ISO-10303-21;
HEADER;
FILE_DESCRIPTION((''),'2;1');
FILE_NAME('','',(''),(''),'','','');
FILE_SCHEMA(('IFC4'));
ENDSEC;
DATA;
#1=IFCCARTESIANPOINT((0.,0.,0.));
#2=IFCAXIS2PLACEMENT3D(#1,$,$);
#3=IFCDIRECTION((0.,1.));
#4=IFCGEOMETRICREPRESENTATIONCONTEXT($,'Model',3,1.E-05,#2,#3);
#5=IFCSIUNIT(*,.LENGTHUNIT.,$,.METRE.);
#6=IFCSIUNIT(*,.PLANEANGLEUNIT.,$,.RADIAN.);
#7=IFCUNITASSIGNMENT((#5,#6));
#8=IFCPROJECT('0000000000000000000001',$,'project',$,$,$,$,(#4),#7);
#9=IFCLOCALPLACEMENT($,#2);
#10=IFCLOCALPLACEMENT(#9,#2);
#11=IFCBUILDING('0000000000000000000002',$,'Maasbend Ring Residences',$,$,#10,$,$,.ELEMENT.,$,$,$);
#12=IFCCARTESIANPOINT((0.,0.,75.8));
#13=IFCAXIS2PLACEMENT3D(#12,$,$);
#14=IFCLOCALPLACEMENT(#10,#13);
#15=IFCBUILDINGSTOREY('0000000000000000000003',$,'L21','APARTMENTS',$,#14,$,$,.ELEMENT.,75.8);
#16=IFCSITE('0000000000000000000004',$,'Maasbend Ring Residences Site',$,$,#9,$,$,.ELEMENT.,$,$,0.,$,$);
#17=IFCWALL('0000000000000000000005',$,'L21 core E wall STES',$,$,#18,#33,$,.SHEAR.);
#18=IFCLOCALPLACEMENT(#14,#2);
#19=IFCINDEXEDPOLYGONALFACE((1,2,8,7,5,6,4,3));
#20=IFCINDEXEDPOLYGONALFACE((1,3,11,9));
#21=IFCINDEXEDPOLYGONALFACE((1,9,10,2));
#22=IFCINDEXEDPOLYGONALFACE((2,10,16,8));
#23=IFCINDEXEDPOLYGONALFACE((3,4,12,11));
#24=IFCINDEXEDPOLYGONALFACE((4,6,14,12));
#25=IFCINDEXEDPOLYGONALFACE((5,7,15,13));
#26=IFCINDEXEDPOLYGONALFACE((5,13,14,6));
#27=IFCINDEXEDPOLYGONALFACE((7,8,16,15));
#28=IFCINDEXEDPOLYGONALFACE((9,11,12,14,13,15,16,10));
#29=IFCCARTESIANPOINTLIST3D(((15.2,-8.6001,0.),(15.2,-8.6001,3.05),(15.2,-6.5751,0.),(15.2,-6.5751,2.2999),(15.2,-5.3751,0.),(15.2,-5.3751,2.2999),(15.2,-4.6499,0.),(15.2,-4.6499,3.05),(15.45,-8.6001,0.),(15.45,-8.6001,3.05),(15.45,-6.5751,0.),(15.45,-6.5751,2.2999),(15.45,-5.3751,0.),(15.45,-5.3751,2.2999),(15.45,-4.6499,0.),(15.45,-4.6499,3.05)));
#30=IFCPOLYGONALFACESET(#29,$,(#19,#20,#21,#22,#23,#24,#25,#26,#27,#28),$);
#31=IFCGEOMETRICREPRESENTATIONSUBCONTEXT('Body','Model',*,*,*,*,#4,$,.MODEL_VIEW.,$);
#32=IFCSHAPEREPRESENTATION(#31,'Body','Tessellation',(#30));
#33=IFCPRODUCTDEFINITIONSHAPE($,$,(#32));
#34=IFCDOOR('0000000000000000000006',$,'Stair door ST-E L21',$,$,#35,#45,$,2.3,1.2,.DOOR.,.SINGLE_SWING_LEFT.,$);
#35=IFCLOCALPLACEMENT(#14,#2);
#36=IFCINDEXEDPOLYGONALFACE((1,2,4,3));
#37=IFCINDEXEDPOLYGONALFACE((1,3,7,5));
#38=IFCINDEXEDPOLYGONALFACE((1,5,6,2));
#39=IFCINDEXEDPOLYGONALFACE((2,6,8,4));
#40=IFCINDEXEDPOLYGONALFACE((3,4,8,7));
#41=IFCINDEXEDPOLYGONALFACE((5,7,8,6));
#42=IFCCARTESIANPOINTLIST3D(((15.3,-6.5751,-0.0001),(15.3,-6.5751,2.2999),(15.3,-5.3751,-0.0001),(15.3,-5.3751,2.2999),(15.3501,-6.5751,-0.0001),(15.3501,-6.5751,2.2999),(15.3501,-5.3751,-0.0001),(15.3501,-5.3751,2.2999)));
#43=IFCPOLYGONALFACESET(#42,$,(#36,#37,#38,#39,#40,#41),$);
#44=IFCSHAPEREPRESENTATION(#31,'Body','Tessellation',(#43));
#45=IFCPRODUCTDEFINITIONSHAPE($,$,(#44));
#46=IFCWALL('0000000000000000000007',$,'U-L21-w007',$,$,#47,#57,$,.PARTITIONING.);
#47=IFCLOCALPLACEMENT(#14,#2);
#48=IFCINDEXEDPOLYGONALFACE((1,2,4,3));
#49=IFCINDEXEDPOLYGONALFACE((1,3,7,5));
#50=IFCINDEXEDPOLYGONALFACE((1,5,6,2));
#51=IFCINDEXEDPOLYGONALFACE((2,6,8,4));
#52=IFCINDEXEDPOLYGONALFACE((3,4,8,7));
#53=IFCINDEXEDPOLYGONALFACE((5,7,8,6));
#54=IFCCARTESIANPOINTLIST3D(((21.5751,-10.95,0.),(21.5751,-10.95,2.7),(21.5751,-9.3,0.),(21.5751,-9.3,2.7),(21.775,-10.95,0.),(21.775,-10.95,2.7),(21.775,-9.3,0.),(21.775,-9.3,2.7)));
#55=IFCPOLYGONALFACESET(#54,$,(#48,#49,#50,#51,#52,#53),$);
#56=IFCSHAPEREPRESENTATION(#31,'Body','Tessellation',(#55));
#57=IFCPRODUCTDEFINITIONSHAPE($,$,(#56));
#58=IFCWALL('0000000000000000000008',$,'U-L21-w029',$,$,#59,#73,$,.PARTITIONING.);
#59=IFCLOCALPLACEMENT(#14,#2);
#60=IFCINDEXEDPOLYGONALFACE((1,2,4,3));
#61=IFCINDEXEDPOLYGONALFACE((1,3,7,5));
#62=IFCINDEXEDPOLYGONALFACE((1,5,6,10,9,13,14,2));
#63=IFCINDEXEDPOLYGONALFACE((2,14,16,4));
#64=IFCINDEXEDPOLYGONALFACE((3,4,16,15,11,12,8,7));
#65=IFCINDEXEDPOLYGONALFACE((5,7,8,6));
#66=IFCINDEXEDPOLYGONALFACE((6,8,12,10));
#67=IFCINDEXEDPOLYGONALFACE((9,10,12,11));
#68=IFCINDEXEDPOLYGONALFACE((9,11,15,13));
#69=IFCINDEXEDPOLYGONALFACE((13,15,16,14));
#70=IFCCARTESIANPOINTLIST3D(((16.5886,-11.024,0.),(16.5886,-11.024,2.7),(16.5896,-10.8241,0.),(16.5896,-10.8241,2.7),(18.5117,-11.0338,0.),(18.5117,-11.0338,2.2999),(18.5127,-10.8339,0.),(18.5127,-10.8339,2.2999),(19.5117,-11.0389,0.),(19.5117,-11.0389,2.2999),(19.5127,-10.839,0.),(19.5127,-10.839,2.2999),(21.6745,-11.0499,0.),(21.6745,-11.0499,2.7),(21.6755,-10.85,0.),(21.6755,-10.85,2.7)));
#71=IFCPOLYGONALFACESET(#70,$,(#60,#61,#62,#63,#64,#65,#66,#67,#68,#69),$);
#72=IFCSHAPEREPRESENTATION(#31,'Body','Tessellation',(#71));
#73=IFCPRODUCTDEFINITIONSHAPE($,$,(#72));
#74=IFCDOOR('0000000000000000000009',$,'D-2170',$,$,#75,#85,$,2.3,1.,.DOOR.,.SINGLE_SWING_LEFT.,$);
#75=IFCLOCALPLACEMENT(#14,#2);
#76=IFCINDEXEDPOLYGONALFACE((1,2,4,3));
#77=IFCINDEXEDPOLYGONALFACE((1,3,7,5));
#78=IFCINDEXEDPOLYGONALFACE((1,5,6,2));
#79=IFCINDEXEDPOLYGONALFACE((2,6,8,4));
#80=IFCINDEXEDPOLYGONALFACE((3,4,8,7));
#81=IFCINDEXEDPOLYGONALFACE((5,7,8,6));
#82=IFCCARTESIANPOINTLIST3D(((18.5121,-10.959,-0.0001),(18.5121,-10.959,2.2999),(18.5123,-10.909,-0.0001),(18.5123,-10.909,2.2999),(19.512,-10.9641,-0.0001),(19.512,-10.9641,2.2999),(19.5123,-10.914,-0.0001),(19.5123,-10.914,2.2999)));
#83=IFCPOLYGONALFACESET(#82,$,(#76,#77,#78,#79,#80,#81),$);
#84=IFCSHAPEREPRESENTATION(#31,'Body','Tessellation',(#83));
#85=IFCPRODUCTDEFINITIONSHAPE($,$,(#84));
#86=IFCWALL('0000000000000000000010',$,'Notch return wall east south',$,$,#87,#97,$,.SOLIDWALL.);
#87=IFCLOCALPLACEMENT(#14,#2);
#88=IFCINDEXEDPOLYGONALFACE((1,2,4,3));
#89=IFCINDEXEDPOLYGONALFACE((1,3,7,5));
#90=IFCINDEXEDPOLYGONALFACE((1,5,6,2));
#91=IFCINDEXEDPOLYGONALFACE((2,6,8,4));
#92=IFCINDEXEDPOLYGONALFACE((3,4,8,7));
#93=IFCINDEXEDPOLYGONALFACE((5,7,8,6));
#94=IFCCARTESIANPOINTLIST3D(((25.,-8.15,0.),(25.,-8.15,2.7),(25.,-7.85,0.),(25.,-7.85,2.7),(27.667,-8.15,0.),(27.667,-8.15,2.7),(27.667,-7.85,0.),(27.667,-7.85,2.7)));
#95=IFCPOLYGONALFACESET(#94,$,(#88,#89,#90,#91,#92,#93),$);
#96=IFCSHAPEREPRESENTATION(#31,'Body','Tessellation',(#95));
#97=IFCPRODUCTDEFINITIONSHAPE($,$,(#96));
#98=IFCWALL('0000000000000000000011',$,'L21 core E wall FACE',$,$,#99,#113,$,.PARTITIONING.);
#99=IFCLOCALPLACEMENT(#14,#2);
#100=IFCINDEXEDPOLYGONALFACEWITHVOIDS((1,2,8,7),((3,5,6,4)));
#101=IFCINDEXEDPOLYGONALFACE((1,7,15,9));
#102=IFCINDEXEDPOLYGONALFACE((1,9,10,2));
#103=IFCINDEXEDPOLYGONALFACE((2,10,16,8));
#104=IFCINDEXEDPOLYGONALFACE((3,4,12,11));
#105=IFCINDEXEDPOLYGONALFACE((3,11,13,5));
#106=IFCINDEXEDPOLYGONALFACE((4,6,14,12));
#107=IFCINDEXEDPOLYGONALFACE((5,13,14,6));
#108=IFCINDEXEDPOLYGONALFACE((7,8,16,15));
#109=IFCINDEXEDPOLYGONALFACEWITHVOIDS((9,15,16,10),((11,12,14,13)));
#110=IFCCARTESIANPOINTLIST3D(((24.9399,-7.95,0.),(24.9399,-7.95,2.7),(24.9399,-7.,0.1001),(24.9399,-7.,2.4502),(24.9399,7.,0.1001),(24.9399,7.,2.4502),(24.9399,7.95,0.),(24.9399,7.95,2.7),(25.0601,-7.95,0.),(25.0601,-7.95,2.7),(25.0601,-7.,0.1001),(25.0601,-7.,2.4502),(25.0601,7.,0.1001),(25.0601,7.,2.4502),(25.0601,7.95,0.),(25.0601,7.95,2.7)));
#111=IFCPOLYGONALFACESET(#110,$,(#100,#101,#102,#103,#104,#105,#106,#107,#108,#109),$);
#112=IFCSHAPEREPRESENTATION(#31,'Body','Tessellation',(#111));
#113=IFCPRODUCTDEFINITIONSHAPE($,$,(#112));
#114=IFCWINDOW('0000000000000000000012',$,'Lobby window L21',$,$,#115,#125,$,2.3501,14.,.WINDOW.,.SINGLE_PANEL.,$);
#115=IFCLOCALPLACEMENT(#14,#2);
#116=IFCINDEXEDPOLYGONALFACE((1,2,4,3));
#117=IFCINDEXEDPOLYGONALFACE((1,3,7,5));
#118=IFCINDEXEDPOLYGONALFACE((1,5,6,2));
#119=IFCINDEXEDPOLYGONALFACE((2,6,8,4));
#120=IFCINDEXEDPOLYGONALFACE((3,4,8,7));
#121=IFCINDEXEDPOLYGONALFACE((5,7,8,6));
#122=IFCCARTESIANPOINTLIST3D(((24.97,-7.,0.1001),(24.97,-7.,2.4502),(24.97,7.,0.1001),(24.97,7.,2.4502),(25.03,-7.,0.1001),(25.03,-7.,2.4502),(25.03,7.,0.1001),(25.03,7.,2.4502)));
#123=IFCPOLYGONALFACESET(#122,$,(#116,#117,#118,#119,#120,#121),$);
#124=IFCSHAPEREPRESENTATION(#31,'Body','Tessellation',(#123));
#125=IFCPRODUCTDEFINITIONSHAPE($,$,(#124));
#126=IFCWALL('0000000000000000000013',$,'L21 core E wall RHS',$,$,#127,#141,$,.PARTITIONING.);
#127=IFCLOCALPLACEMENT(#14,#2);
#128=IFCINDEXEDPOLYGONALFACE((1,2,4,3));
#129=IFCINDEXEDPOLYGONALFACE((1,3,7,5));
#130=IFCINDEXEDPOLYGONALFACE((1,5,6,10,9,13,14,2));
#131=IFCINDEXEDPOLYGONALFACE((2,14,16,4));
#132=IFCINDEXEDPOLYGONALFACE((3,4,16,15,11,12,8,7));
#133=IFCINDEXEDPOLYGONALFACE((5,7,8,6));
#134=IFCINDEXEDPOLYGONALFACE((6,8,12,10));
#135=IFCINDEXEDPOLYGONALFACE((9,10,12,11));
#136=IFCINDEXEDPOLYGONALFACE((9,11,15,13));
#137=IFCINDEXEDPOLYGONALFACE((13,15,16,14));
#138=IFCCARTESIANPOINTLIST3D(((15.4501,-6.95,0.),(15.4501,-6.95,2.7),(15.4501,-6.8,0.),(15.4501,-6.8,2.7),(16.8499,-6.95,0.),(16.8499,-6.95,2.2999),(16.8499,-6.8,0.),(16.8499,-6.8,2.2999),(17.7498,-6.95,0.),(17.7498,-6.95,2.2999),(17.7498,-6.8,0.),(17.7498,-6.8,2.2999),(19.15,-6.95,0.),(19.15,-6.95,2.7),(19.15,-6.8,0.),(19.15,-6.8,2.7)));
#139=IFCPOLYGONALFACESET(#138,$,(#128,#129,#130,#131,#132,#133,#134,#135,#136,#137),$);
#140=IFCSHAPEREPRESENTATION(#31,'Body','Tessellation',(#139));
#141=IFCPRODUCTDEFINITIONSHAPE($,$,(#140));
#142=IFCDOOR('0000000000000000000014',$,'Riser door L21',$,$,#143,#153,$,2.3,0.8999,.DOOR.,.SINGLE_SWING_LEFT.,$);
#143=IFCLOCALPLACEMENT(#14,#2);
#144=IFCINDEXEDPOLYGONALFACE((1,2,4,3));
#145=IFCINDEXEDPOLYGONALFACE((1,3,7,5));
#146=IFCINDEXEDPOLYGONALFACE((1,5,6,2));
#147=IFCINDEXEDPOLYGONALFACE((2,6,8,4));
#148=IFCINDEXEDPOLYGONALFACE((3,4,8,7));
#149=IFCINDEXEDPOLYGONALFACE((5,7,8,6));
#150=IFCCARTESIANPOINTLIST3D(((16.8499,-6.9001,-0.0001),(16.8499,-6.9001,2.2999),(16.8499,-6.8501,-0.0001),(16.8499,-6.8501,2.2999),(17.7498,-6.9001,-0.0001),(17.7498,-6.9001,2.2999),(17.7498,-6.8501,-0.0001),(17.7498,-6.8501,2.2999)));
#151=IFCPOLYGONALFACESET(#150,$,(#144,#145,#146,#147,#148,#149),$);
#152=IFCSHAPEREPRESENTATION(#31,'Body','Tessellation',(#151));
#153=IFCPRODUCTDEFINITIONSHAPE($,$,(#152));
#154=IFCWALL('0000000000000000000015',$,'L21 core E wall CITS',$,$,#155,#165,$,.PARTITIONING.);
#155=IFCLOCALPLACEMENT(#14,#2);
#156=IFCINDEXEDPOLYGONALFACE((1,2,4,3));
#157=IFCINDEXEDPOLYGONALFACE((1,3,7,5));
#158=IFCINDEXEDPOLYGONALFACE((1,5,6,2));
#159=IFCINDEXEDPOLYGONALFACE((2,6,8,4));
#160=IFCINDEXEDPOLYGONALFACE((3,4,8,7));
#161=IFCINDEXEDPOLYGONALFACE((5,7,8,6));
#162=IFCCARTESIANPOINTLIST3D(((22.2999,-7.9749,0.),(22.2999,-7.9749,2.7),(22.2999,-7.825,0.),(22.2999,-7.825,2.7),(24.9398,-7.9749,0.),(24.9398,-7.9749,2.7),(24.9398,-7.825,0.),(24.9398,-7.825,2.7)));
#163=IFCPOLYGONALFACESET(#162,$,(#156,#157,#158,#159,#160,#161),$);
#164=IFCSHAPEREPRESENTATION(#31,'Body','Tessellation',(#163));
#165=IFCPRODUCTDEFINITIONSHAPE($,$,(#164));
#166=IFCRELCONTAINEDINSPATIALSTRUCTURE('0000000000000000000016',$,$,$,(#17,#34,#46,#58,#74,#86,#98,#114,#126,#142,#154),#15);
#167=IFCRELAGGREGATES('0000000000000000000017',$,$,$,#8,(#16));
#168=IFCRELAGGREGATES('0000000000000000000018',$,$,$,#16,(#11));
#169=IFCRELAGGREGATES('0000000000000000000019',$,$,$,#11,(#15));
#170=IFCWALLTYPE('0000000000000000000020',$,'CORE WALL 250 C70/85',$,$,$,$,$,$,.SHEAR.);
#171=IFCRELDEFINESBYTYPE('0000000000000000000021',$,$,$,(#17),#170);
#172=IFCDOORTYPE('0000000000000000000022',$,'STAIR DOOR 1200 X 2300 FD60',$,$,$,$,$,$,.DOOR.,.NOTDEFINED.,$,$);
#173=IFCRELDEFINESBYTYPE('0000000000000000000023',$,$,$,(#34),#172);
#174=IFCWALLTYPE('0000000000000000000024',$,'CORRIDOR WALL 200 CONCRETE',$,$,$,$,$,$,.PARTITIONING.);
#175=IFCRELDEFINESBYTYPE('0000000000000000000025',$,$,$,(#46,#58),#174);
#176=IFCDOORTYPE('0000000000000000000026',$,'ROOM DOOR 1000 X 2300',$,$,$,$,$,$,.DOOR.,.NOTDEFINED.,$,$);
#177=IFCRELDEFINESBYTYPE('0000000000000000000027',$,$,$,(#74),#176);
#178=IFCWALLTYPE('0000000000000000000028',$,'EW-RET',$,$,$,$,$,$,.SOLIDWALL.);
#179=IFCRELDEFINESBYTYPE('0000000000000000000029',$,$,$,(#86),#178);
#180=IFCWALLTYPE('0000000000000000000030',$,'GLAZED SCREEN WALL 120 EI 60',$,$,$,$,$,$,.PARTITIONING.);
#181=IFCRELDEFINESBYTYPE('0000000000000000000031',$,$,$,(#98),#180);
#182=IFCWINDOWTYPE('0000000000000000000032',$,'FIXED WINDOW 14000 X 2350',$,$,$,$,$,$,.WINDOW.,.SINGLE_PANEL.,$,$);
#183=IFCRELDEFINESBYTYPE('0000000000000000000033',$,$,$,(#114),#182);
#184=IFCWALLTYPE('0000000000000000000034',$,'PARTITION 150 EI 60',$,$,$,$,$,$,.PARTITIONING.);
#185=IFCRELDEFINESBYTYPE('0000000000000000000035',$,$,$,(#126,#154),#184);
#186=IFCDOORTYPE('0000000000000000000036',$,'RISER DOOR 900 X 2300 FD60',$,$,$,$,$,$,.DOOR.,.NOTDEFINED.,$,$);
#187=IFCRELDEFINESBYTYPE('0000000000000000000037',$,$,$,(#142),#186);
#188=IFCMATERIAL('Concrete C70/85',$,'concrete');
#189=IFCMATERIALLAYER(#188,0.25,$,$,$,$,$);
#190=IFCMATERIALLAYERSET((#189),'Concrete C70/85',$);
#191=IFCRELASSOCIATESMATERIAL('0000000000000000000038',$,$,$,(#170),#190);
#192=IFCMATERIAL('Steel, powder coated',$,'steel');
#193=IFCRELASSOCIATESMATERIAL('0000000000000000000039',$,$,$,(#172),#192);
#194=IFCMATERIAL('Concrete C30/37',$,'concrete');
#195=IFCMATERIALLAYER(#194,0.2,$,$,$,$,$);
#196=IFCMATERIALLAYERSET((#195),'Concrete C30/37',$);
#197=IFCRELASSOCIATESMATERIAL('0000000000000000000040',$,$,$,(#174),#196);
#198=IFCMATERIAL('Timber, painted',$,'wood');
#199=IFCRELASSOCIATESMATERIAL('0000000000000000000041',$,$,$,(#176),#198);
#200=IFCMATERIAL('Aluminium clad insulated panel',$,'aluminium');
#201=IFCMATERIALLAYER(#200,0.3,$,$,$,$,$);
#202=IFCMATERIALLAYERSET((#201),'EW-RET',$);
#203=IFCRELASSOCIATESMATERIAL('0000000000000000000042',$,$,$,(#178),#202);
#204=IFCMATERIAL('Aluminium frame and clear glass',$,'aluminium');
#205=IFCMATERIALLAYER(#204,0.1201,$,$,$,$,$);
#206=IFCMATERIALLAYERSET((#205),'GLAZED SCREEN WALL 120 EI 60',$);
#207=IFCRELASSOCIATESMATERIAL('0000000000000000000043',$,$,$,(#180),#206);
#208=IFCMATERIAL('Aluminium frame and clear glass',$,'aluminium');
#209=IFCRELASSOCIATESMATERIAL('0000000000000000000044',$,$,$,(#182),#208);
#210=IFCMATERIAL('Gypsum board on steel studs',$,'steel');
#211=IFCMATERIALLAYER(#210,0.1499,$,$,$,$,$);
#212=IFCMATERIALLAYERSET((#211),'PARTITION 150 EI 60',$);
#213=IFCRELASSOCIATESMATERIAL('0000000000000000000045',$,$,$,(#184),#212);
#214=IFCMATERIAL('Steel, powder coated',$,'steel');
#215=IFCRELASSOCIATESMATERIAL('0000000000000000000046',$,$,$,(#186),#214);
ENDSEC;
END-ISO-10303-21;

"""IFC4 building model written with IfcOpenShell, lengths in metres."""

from ifc_helpers import new_model, si_unit, direction, frame, frame_2d, origin, place, context, subcontext, project, spatial, rectangle, extrude, material, layer, layer_set, type_object, element, fill, save


model = new_model("IFC4")

# Units and contexts
model_context = context("Model", 3, precision=1e-05, world=origin(), true_north=direction((0.0, 1.0)))
body_context = subcontext(model_context, "Body", "Model", "MODEL_VIEW")
ifc_project = project(units=[si_unit("LENGTHUNIT", "METRE"), si_unit("PLANEANGLEUNIT", "RADIAN")], contexts=[model_context])

# Site, building, storey
site_placement = place(None, origin())
site = spatial("IfcSite", under=ifc_project, at=site_placement, Name="Maasbend Ring Residences Site", CompositionType="ELEMENT", RefElevation=0.0)
building_placement = place(site_placement, origin())
building = spatial("IfcBuilding", under=site, at=building_placement, Name="Maasbend Ring Residences", CompositionType="ELEMENT")
storey_placement = place(building_placement, frame((0.0, 0.0, 75.8)))
storey = spatial("IfcBuildingStorey", under=building, at=storey_placement, Name="L21", Description="APARTMENTS", CompositionType="ELEMENT", Elevation=75.8)

# Shared definitions
ifc_material_1 = material(Name="Concrete C70/85", Category="concrete")
ifc_layer_1 = layer(ifc_material_1, 0.25)
ifc_layer_set_1 = layer_set([ifc_layer_1], Name="Concrete C70/85")
wall_type_1 = type_object("IfcWallType", Name="CORE WALL 250 C70/85", PredefinedType="SHEAR", material=ifc_layer_set_1)

# Wall, opening, door
wall_1_placement = place(storey_placement, frame((15.325, -8.6001, 0.0), z_axis=(0.0, 0.0, 1.0), x_axis=(0.0, 1.0, 0.0)))
wall_1 = element("IfcWall", 1, at=wall_1_placement, inside=storey, type_object=wall_type_1, Name="L21 core E wall STES", PredefinedType="SHEAR", context=body_context, shape_type="SweptSolid", body=[
    extrude(rectangle(XDim=3.9502, YDim=0.25, at=frame_2d((1.9751, 0.0))), origin(), (0.0, 0.0, 1.0), 3.05),
])
opening_1_placement = place(wall_1_placement, frame((2.0249, 0.0, 0.0)))
opening_1 = element("IfcOpeningElement", 2, at=opening_1_placement, cuts=wall_1, PredefinedType="OPENING", context=body_context, shape_type="SweptSolid", body=[
    extrude(rectangle(XDim=1.2, YDim=2.3, at=frame_2d((0.6001, 1.1499))), frame((0.0, 0.135, 0.0), z_axis=(0.0, -1.0, 0.0), x_axis=(1.0, 0.0, 0.0)), (0.0, 0.0, 1.0), 0.27),
])
ifc_material_2 = material(Name="Steel, powder coated", Category="steel")
door_type_1 = type_object("IfcDoorType", Name="STAIR DOOR 1200 X 2300 FD60", OperationType="NOTDEFINED", PredefinedType="DOOR", material=ifc_material_2)
door_1_placement = place(opening_1_placement, origin())
door_1 = element("IfcDoor", 3, at=door_1_placement, inside=storey, type_object=door_type_1, Name="Stair door ST-E L21", OperationType="SINGLE_SWING_LEFT", OverallHeight=2.3, OverallWidth=1.2, PredefinedType="DOOR", context=body_context, shape_type="SweptSolid", body=[
    extrude(rectangle(XDim=1.2, YDim=2.3, at=frame_2d((0.6001, 1.1499))), frame((0.0, 0.0249, 0.0), z_axis=(0.0, -1.0, 0.0), x_axis=(1.0, 0.0, 0.0)), (0.0, 0.0, 1.0), 0.05),
])
fill(opening_1, door_1)

# Wall
ifc_material_3 = material(Name="Concrete C30/37", Category="concrete")
ifc_layer_2 = layer(ifc_material_3, 0.2)
ifc_layer_set_2 = layer_set([ifc_layer_2], Name="Concrete C30/37")
wall_type_2 = type_object("IfcWallType", Name="CORRIDOR WALL 200 CONCRETE", PredefinedType="PARTITIONING", material=ifc_layer_set_2)
wall_2_placement = place(storey_placement, frame((21.675, -10.95, 0.0), z_axis=(0.0, 0.0, 1.0), x_axis=(0.0, 1.0, 0.0)))
element("IfcWall", 4, at=wall_2_placement, inside=storey, type_object=wall_type_2, Name="U-L21-w007", PredefinedType="PARTITIONING", context=body_context, shape_type="SweptSolid", body=[
    extrude(rectangle(XDim=1.6499, YDim=0.2, at=frame_2d((0.825, 0.0))), origin(), (0.0, 0.0, 1.0), 2.7),
])

# Wall, opening, door
wall_3_placement = place(storey_placement, frame((16.5891, -10.9241, 0.0), z_axis=(0.0, 0.0, 1.0), x_axis=(0.999987, -0.005088, 0.0)))
wall_3 = element("IfcWall", 5, at=wall_3_placement, inside=storey, type_object=wall_type_2, Name="U-L21-w029", PredefinedType="PARTITIONING", context=body_context, shape_type="SweptSolid", body=[
    extrude(rectangle(XDim=5.0859, YDim=0.2, at=frame_2d((2.543, 0.0))), origin(), (0.0, 0.0, 1.0), 2.7),
])
opening_2_placement = place(wall_3_placement, frame((1.9231, 0.0, 0.0)))
opening_2 = element("IfcOpeningElement", 6, at=opening_2_placement, cuts=wall_3, PredefinedType="OPENING", context=body_context, shape_type="SweptSolid", body=[
    extrude(rectangle(XDim=1.0, YDim=2.3, at=frame_2d((0.5, 1.1499))), frame((0.0, 0.1099, 0.0), z_axis=(0.0, -1.0, 0.0), x_axis=(1.0, 0.0, 0.0)), (0.0, 0.0, 1.0), 0.22),
])
ifc_material_4 = material(Name="Timber, painted", Category="wood")
door_type_2 = type_object("IfcDoorType", Name="ROOM DOOR 1000 X 2300", OperationType="NOTDEFINED", PredefinedType="DOOR", material=ifc_material_4)
door_2_placement = place(opening_2_placement, origin())
door_2 = element("IfcDoor", 7, at=door_2_placement, inside=storey, type_object=door_type_2, Name="D-2170", OperationType="SINGLE_SWING_LEFT", OverallHeight=2.3, OverallWidth=1.0, PredefinedType="DOOR", context=body_context, shape_type="SweptSolid", body=[
    extrude(rectangle(XDim=1.0, YDim=2.3, at=frame_2d((0.5, 1.1499))), frame((0.0, 0.0249, 0.0), z_axis=(0.0, -1.0, 0.0), x_axis=(1.0, 0.0, 0.0)), (0.0, 0.0, 1.0), 0.05),
])
fill(opening_2, door_2)

# Wall
ifc_material_5 = material(Name="Aluminium clad insulated panel", Category="aluminium")
ifc_layer_3 = layer(ifc_material_5, 0.3)
ifc_layer_set_3 = layer_set([ifc_layer_3], Name="EW-RET")
wall_type_3 = type_object("IfcWallType", Name="EW-RET", PredefinedType="SOLIDWALL", material=ifc_layer_set_3)
wall_4_placement = place(storey_placement, frame((25.0, -8.0, 0.0), z_axis=(0.0, 0.0, 1.0), x_axis=(1.0, 0.0, 0.0)))
element("IfcWall", 8, at=wall_4_placement, inside=storey, type_object=wall_type_3, Name="Notch return wall east south", PredefinedType="SOLIDWALL", context=body_context, shape_type="SweptSolid", body=[
    extrude(rectangle(XDim=2.667, YDim=0.3, at=frame_2d((1.3335, 0.0))), origin(), (0.0, 0.0, 1.0), 2.7),
])

# Wall, opening, window
ifc_material_6 = material(Name="Aluminium frame and clear glass", Category="aluminium")
ifc_layer_4 = layer(ifc_material_6, 0.1201)
ifc_layer_set_4 = layer_set([ifc_layer_4], Name="GLAZED SCREEN WALL 120 EI 60")
wall_type_4 = type_object("IfcWallType", Name="GLAZED SCREEN WALL 120 EI 60", PredefinedType="PARTITIONING", material=ifc_layer_set_4)
wall_5_placement = place(storey_placement, frame((25.0, -7.95, 0.0), z_axis=(0.0, 0.0, 1.0), x_axis=(0.0, 1.0, 0.0)))
wall_5 = element("IfcWall", 9, at=wall_5_placement, inside=storey, type_object=wall_type_4, Name="L21 core E wall FACE", PredefinedType="PARTITIONING", context=body_context, shape_type="SweptSolid", body=[
    extrude(rectangle(XDim=15.8999, YDim=0.1201, at=frame_2d((7.95, 0.0))), origin(), (0.0, 0.0, 1.0), 2.7),
])
opening_3_placement = place(wall_5_placement, frame((0.95, 0.0, 0.1001)))
opening_3 = element("IfcOpeningElement", 10, at=opening_3_placement, cuts=wall_5, PredefinedType="OPENING", context=body_context, shape_type="SweptSolid", body=[
    extrude(rectangle(XDim=14.0, YDim=2.3501, at=frame_2d((7.0, 1.175))), frame((0.0, 0.0701, 0.0), z_axis=(0.0, -1.0, 0.0), x_axis=(1.0, 0.0, 0.0)), (0.0, 0.0, 1.0), 0.1401),
])
ifc_material_7 = material(Name="Aluminium frame and clear glass", Category="aluminium")
window_type = type_object("IfcWindowType", Name="FIXED WINDOW 14000 X 2350", PartitioningType="SINGLE_PANEL", PredefinedType="WINDOW", material=ifc_material_7)
window_placement = place(opening_3_placement, origin())
window = element("IfcWindow", 11, at=window_placement, inside=storey, type_object=window_type, Name="Lobby window L21", OverallHeight=2.3501, OverallWidth=14.0, PartitioningType="SINGLE_PANEL", PredefinedType="WINDOW", context=body_context, shape_type="SweptSolid", body=[
    extrude(rectangle(XDim=14.0, YDim=2.3501, at=frame_2d((7.0, 1.175))), frame((0.0, 0.03, 0.0), z_axis=(0.0, -1.0, 0.0), x_axis=(1.0, 0.0, 0.0)), (0.0, 0.0, 1.0), 0.0601),
])
fill(opening_3, window)

# Wall, opening, door
ifc_material_8 = material(Name="Gypsum board on steel studs", Category="steel")
ifc_layer_5 = layer(ifc_material_8, 0.1499)
ifc_layer_set_5 = layer_set([ifc_layer_5], Name="PARTITION 150 EI 60")
wall_type_5 = type_object("IfcWallType", Name="PARTITION 150 EI 60", PredefinedType="PARTITIONING", material=ifc_layer_set_5)
wall_6_placement = place(storey_placement, frame((15.45, -6.875, 0.0), z_axis=(0.0, 0.0, 1.0), x_axis=(1.0, 0.0, 0.0)))
wall_6 = element("IfcWall", 12, at=wall_6_placement, inside=storey, type_object=wall_type_5, Name="L21 core E wall RHS", PredefinedType="PARTITIONING", context=body_context, shape_type="SweptSolid", body=[
    extrude(rectangle(XDim=3.7, YDim=0.1499, at=frame_2d((1.8501, 0.0))), origin(), (0.0, 0.0, 1.0), 2.7),
])
opening_4_placement = place(wall_6_placement, frame((1.3999, 0.0, 0.0)))
opening_4 = element("IfcOpeningElement", 13, at=opening_4_placement, cuts=wall_6, PredefinedType="OPENING", context=body_context, shape_type="SweptSolid", body=[
    extrude(rectangle(XDim=0.8999, YDim=2.3, at=frame_2d((0.45, 1.1499))), frame((0.0, 0.085, 0.0), z_axis=(0.0, -1.0, 0.0), x_axis=(1.0, 0.0, 0.0)), (0.0, 0.0, 1.0), 0.1699),
])
ifc_material_9 = material(Name="Steel, powder coated", Category="steel")
door_type_3 = type_object("IfcDoorType", Name="RISER DOOR 900 X 2300 FD60", OperationType="NOTDEFINED", PredefinedType="DOOR", material=ifc_material_9)
door_3_placement = place(opening_4_placement, origin())
door_3 = element("IfcDoor", 14, at=door_3_placement, inside=storey, type_object=door_type_3, Name="Riser door L21", OperationType="SINGLE_SWING_LEFT", OverallHeight=2.3, OverallWidth=0.8999, PredefinedType="DOOR", context=body_context, shape_type="SweptSolid", body=[
    extrude(rectangle(XDim=0.8999, YDim=2.3, at=frame_2d((0.45, 1.1499))), frame((0.0, 0.0249, 0.0), z_axis=(0.0, -1.0, 0.0), x_axis=(1.0, 0.0, 0.0)), (0.0, 0.0, 1.0), 0.05),
])
fill(opening_4, door_3)

# Wall
wall_7_placement = place(storey_placement, frame((22.3, -7.8999, 0.0), z_axis=(0.0, 0.0, 1.0), x_axis=(1.0, 0.0, 0.0)))
element("IfcWall", 15, at=wall_7_placement, inside=storey, type_object=wall_type_5, Name="L21 core E wall CITS", PredefinedType="PARTITIONING", context=body_context, shape_type="SweptSolid", body=[
    extrude(rectangle(XDim=2.6399, YDim=0.1499, at=frame_2d((1.3198, 0.0))), origin(), (0.0, 0.0, 1.0), 2.7),
])

save(model, "model.ifc")
